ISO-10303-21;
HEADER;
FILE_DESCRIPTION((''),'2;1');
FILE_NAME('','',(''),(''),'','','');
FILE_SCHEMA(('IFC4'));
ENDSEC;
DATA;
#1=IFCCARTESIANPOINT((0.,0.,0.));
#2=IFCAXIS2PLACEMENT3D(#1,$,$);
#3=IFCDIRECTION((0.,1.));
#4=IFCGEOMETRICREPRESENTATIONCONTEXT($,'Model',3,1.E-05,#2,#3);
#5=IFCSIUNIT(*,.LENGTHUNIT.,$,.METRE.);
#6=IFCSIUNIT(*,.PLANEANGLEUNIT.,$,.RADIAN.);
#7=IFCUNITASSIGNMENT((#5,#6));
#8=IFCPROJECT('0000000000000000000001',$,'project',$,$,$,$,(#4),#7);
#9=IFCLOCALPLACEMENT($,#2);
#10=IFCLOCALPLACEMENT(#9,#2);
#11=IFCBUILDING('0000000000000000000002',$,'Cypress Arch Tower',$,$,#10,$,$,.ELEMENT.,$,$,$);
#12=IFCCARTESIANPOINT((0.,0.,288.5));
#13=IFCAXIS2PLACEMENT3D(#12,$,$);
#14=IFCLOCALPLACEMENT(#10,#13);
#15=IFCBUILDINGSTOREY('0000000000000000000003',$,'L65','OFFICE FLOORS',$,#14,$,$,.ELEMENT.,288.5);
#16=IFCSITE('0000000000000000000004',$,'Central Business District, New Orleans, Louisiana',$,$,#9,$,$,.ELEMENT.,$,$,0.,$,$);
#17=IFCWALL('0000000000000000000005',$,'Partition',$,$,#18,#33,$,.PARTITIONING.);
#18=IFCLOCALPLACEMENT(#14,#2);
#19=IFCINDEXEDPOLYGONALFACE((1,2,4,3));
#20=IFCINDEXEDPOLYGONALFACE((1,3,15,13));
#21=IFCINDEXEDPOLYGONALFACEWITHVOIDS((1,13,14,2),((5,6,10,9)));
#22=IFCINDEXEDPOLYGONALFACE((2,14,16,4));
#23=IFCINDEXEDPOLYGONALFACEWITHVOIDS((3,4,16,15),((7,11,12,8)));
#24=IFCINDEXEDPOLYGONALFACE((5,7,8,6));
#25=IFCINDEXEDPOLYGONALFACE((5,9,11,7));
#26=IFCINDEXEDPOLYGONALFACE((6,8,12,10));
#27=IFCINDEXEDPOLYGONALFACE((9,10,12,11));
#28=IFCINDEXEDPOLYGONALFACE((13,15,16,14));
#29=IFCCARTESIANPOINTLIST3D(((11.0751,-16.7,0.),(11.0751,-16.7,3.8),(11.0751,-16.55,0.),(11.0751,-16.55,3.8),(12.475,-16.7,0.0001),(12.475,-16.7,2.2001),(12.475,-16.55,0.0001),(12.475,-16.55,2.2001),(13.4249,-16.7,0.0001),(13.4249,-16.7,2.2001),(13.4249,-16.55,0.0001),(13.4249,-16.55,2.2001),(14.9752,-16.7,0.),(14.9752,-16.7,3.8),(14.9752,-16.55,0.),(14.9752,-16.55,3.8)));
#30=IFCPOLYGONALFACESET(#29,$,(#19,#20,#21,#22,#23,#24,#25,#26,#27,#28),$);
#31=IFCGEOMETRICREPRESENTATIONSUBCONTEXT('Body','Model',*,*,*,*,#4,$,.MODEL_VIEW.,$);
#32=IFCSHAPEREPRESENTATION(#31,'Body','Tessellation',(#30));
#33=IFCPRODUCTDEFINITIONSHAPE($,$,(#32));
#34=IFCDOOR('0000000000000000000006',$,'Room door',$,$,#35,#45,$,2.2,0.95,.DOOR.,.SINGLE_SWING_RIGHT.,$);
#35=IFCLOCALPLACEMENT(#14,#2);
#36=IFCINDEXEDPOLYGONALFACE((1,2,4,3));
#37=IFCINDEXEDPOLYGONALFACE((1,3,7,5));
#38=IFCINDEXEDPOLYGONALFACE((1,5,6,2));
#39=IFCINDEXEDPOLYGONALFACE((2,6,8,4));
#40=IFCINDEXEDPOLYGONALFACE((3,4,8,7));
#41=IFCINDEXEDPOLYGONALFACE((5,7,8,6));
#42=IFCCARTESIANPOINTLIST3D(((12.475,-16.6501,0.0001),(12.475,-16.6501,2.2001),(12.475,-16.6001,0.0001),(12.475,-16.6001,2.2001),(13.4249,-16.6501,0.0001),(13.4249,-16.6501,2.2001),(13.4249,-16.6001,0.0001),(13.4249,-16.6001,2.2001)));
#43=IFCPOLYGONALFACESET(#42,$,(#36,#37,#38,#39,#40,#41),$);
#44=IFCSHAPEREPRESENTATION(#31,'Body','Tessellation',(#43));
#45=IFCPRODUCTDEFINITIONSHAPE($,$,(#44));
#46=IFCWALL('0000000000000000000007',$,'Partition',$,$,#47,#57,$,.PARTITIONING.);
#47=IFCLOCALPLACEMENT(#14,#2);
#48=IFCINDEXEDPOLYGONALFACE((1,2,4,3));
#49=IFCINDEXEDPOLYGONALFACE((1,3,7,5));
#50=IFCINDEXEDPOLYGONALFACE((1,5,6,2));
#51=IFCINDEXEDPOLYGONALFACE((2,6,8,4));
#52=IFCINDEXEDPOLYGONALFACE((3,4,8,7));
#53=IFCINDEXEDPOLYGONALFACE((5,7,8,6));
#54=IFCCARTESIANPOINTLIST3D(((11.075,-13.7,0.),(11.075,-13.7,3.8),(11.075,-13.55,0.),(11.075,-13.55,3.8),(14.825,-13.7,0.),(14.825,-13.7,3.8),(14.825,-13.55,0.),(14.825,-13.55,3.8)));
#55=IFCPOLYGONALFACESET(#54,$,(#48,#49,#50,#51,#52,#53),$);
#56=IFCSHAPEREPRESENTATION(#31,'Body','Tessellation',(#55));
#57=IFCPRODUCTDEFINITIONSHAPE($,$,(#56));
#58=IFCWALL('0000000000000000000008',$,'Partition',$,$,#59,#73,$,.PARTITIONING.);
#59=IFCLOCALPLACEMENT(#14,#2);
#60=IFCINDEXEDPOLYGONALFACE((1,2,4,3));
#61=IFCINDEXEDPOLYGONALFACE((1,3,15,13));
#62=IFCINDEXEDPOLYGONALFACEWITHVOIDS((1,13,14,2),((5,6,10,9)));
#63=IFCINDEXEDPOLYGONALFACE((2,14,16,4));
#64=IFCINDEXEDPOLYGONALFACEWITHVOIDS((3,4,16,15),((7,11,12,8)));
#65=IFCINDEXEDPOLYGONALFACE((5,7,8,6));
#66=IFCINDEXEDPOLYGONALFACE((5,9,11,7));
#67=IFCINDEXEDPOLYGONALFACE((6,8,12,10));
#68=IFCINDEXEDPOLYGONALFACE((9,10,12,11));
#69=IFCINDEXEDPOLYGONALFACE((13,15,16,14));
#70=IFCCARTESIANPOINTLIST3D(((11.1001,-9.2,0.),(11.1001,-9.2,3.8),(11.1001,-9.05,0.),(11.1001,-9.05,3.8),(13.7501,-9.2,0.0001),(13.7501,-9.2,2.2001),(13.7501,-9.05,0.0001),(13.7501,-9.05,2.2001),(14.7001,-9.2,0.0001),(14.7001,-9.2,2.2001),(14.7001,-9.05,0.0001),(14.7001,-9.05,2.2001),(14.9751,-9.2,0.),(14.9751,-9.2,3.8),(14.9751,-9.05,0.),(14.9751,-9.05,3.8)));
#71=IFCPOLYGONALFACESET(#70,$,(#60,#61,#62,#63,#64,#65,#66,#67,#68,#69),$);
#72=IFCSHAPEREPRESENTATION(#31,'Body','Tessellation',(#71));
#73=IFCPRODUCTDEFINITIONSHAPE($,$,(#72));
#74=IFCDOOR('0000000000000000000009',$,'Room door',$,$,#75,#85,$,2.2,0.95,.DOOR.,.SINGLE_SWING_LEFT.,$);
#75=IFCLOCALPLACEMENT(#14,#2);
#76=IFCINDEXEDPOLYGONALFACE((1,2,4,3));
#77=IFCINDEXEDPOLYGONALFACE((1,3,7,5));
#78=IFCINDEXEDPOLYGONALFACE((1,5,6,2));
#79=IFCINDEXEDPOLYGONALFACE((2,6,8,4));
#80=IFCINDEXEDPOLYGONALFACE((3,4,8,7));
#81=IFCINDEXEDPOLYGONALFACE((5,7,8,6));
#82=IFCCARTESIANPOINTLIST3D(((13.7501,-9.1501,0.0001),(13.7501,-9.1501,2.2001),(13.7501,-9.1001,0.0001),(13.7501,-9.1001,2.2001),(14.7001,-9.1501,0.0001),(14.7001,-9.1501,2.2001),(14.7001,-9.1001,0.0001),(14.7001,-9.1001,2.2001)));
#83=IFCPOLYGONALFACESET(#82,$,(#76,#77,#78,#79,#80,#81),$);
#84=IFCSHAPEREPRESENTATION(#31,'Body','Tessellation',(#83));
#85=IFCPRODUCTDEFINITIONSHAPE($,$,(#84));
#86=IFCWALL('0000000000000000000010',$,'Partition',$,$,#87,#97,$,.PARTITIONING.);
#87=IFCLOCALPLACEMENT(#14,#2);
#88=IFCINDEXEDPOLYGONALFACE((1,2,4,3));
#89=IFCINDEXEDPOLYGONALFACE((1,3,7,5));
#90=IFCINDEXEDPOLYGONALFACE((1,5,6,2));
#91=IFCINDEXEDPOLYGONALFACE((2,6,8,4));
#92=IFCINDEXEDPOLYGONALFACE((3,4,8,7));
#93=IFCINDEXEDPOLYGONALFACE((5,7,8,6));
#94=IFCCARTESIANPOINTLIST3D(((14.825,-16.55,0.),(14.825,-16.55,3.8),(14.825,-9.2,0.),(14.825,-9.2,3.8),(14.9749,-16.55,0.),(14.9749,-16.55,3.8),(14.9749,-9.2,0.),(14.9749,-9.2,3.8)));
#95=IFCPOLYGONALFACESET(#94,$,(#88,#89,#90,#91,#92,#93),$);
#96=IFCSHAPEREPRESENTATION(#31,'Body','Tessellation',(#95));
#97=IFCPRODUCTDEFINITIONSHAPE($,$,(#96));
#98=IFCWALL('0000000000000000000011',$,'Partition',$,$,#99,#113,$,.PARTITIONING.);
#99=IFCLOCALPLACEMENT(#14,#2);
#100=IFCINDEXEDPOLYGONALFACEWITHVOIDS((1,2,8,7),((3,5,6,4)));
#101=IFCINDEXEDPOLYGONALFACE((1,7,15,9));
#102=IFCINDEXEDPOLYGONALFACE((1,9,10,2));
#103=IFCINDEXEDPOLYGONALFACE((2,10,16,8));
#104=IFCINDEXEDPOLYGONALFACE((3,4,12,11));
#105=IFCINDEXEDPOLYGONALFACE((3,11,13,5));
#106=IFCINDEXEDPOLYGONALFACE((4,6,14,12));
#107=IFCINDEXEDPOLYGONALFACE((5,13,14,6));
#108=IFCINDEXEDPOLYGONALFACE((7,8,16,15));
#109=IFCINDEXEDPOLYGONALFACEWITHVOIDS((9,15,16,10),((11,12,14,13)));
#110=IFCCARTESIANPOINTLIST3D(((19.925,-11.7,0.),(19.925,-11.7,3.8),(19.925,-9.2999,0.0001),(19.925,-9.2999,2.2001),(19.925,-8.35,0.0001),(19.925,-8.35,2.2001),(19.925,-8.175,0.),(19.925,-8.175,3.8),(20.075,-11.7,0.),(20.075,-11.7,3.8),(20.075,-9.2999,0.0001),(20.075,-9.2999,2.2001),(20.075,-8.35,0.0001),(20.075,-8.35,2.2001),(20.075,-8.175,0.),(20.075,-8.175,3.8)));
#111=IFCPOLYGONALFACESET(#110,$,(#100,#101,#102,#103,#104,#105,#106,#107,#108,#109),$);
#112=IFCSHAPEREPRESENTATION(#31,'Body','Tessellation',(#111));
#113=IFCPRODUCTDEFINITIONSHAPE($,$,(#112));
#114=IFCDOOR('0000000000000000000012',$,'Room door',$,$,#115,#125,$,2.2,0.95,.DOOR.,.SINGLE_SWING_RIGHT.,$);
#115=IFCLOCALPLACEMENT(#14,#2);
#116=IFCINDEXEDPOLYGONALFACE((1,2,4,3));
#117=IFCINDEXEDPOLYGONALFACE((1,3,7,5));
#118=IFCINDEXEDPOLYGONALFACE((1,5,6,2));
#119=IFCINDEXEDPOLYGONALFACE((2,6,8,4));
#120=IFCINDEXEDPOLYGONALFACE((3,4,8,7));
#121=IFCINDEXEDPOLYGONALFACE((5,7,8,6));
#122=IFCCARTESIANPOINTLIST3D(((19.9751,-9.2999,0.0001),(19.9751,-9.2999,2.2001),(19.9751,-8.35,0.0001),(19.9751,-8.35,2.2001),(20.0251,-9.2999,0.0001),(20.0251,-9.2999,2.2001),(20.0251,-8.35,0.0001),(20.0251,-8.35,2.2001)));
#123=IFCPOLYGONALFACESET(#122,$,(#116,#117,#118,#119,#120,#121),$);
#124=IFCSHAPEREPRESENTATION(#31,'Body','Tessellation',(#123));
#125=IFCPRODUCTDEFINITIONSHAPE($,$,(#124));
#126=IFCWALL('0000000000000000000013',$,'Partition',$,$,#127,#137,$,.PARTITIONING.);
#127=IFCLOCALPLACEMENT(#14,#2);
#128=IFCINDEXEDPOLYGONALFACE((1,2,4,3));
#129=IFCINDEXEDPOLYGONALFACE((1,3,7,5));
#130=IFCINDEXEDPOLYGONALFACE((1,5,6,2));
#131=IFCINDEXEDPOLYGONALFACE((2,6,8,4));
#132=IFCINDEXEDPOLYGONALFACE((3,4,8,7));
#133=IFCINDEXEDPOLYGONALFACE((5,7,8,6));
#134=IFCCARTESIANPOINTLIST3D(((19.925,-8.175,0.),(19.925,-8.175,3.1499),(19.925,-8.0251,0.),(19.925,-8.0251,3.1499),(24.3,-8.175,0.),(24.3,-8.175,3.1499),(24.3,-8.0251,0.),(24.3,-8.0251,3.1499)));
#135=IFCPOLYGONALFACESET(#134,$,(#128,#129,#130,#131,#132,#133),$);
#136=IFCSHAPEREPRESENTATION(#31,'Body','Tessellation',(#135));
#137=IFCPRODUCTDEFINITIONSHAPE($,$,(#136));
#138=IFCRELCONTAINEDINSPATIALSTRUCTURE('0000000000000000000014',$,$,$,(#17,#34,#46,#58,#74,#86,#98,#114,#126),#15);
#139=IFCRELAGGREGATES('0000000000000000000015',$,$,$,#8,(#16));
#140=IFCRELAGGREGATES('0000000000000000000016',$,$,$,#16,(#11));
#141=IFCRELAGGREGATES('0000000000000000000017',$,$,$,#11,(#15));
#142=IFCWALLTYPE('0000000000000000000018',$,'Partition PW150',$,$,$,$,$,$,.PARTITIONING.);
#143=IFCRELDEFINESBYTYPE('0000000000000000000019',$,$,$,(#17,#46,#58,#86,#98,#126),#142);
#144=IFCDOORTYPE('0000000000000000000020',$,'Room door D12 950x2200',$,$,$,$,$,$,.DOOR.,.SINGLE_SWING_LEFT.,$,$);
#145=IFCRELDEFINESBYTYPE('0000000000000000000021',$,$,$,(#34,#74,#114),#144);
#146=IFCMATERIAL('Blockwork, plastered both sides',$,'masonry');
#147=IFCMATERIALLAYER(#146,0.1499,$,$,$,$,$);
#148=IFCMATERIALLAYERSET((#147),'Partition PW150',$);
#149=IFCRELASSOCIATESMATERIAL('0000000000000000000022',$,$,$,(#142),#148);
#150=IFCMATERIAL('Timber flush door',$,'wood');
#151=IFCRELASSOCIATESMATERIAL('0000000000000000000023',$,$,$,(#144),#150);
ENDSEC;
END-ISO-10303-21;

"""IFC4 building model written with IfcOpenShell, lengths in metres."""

from ifc_helpers import new_model, si_unit, direction, frame, frame_2d, origin, place, context, subcontext, project, spatial, rectangle, extrude, material, layer, layer_set, type_object, element, fill, save


model = new_model("IFC4")

# Units and contexts
model_context = context("Model", 3, precision=1e-05, world=origin(), true_north=direction((0.0, 1.0)))
body_context = subcontext(model_context, "Body", "Model", "MODEL_VIEW")
ifc_project = project(units=[si_unit("LENGTHUNIT", "METRE"), si_unit("PLANEANGLEUNIT", "RADIAN")], contexts=[model_context])

# Site, building, storey
site_placement = place(None, origin())
site = spatial("IfcSite", under=ifc_project, at=site_placement, Name="Central Business District, New Orleans, Louisiana", CompositionType="ELEMENT", RefElevation=0.0)
building_placement = place(site_placement, origin())
building = spatial("IfcBuilding", under=site, at=building_placement, Name="Cypress Arch Tower", CompositionType="ELEMENT")
storey_placement = place(building_placement, frame((0.0, 0.0, 288.5)))
storey = spatial("IfcBuildingStorey", under=building, at=storey_placement, Name="L65", Description="OFFICE FLOORS", CompositionType="ELEMENT", Elevation=288.5)

# Wall, opening, door
ifc_material_1 = material(Name="Blockwork, plastered both sides", Category="masonry")
ifc_layer_1 = layer(ifc_material_1, 0.1499)
ifc_layer_set_1 = layer_set([ifc_layer_1], Name="Partition PW150")
wall_type_1 = type_object("IfcWallType", Name="Partition PW150", PredefinedType="PARTITIONING", material=ifc_layer_set_1)
wall_1_placement = place(storey_placement, frame((11.075, -16.625, 0.0), z_axis=(0.0, 0.0, 1.0), x_axis=(1.0, 0.0, 0.0)))
wall_1 = element("IfcWall", 1, at=wall_1_placement, inside=storey, type_object=wall_type_1, Name="Partition", PredefinedType="PARTITIONING", context=body_context, shape_type="SweptSolid", body=[
    extrude(rectangle(XDim=3.9001, YDim=0.1499, at=frame_2d((1.9502, 0.0))), origin(), (0.0, 0.0, 1.0), 3.8),
])
opening_1_placement = place(wall_1_placement, frame((1.3999, 0.0, 0.0)))
opening_1 = element("IfcOpeningElement", 2, at=opening_1_placement, cuts=wall_1, PredefinedType="OPENING", context=body_context, shape_type="SweptSolid", body=[
    extrude(rectangle(XDim=0.95, YDim=2.2, at=frame_2d((0.4751, 1.1001))), frame((0.0, 0.085, 0.0), z_axis=(0.0, -1.0, 0.0), x_axis=(1.0, 0.0, 0.0)), (0.0, 0.0, 1.0), 0.1699),
])
ifc_material_2 = material(Name="Timber flush door", Category="wood")
door_type = type_object("IfcDoorType", Name="Room door D12 950x2200", OperationType="SINGLE_SWING_LEFT", PredefinedType="DOOR", material=ifc_material_2)
door_1_placement = place(opening_1_placement, origin())
door_1 = element("IfcDoor", 3, at=door_1_placement, inside=storey, type_object=door_type, Name="Room door", OperationType="SINGLE_SWING_RIGHT", OverallHeight=2.2, OverallWidth=0.95, PredefinedType="DOOR", context=body_context, shape_type="SweptSolid", body=[
    extrude(rectangle(XDim=0.95, YDim=2.2, at=frame_2d((0.4751, 1.1001))), frame((0.0, 0.0249, 0.0), z_axis=(0.0, -1.0, 0.0), x_axis=(1.0, 0.0, 0.0)), (0.0, 0.0, 1.0), 0.05),
])
fill(opening_1, door_1)

# Wall
wall_2_placement = place(storey_placement, frame((11.075, -13.625, 0.0), z_axis=(0.0, 0.0, 1.0), x_axis=(1.0, 0.0, 0.0)))
element("IfcWall", 4, at=wall_2_placement, inside=storey, type_object=wall_type_1, Name="Partition", PredefinedType="PARTITIONING", context=body_context, shape_type="SweptSolid", body=[
    extrude(rectangle(XDim=3.75, YDim=0.1499, at=frame_2d((1.875, 0.0))), origin(), (0.0, 0.0, 1.0), 3.8),
])

# Wall, opening, door
wall_3_placement = place(storey_placement, frame((11.1001, -9.125, 0.0), z_axis=(0.0, 0.0, 1.0), x_axis=(1.0, 0.0, 0.0)))
wall_3 = element("IfcWall", 5, at=wall_3_placement, inside=storey, type_object=wall_type_1, Name="Partition", PredefinedType="PARTITIONING", context=body_context, shape_type="SweptSolid", body=[
    extrude(rectangle(XDim=3.875, YDim=0.1499, at=frame_2d((1.9375, 0.0))), origin(), (0.0, 0.0, 1.0), 3.8),
])
opening_2_placement = place(wall_3_placement, frame((2.6499, 0.0, 0.0)))
opening_2 = element("IfcOpeningElement", 6, at=opening_2_placement, cuts=wall_3, PredefinedType="OPENING", context=body_context, shape_type="SweptSolid", body=[
    extrude(rectangle(XDim=0.95, YDim=2.2, at=frame_2d((0.4751, 1.1001))), frame((0.0, 0.085, 0.0), z_axis=(0.0, -1.0, 0.0), x_axis=(1.0, 0.0, 0.0)), (0.0, 0.0, 1.0), 0.1699),
])
door_2_placement = place(opening_2_placement, origin())
door_2 = element("IfcDoor", 7, at=door_2_placement, inside=storey, type_object=door_type, Name="Room door", OperationType="SINGLE_SWING_LEFT", OverallHeight=2.2, OverallWidth=0.95, PredefinedType="DOOR", context=body_context, shape_type="SweptSolid", body=[
    extrude(rectangle(XDim=0.95, YDim=2.2, at=frame_2d((0.4751, 1.1001))), frame((0.0, 0.0249, 0.0), z_axis=(0.0, -1.0, 0.0), x_axis=(1.0, 0.0, 0.0)), (0.0, 0.0, 1.0), 0.05),
])
fill(opening_2, door_2)

# Wall
wall_4_placement = place(storey_placement, frame((14.8999, -16.55, 0.0), z_axis=(0.0, 0.0, 1.0), x_axis=(0.0, 1.0, 0.0)))
element("IfcWall", 8, at=wall_4_placement, inside=storey, type_object=wall_type_1, Name="Partition", PredefinedType="PARTITIONING", context=body_context, shape_type="SweptSolid", body=[
    extrude(rectangle(XDim=7.3501, YDim=0.1499, at=frame_2d((3.675, 0.0))), origin(), (0.0, 0.0, 1.0), 3.8),
])

# Wall, opening, door
wall_5_placement = place(storey_placement, frame((20.0, -11.7, 0.0), z_axis=(0.0, 0.0, 1.0), x_axis=(0.0, 1.0, 0.0)))
wall_5 = element("IfcWall", 9, at=wall_5_placement, inside=storey, type_object=wall_type_1, Name="Partition", PredefinedType="PARTITIONING", context=body_context, shape_type="SweptSolid", body=[
    extrude(rectangle(XDim=3.5249, YDim=0.1499, at=frame_2d((1.7625, 0.0))), origin(), (0.0, 0.0, 1.0), 3.8),
])
opening_3_placement = place(wall_5_placement, frame((2.3999, 0.0, 0.0)))
opening_3 = element("IfcOpeningElement", 10, at=opening_3_placement, cuts=wall_5, PredefinedType="OPENING", context=body_context, shape_type="SweptSolid", body=[
    extrude(rectangle(XDim=0.95, YDim=2.2, at=frame_2d((0.4751, 1.1001))), frame((0.0, 0.085, 0.0), z_axis=(0.0, -1.0, 0.0), x_axis=(1.0, 0.0, 0.0)), (0.0, 0.0, 1.0), 0.1699),
])
door_3_placement = place(opening_3_placement, origin())
door_3 = element("IfcDoor", 11, at=door_3_placement, inside=storey, type_object=door_type, Name="Room door", OperationType="SINGLE_SWING_RIGHT", OverallHeight=2.2, OverallWidth=0.95, PredefinedType="DOOR", context=body_context, shape_type="SweptSolid", body=[
    extrude(rectangle(XDim=0.95, YDim=2.2, at=frame_2d((0.4751, 1.1001))), frame((0.0, 0.0249, 0.0), z_axis=(0.0, -1.0, 0.0), x_axis=(1.0, 0.0, 0.0)), (0.0, 0.0, 1.0), 0.05),
])
fill(opening_3, door_3)

# Wall
wall_6_placement = place(storey_placement, frame((19.925, -8.1001, 0.0), z_axis=(0.0, 0.0, 1.0), x_axis=(1.0, 0.0, 0.0)))
element("IfcWall", 12, at=wall_6_placement, inside=storey, type_object=wall_type_1, Name="Partition", PredefinedType="PARTITIONING", context=body_context, shape_type="SweptSolid", body=[
    extrude(rectangle(XDim=4.375, YDim=0.1499, at=frame_2d((2.1875, 0.0))), origin(), (0.0, 0.0, 1.0), 3.1499),
])

save(model, "model.ifc")
